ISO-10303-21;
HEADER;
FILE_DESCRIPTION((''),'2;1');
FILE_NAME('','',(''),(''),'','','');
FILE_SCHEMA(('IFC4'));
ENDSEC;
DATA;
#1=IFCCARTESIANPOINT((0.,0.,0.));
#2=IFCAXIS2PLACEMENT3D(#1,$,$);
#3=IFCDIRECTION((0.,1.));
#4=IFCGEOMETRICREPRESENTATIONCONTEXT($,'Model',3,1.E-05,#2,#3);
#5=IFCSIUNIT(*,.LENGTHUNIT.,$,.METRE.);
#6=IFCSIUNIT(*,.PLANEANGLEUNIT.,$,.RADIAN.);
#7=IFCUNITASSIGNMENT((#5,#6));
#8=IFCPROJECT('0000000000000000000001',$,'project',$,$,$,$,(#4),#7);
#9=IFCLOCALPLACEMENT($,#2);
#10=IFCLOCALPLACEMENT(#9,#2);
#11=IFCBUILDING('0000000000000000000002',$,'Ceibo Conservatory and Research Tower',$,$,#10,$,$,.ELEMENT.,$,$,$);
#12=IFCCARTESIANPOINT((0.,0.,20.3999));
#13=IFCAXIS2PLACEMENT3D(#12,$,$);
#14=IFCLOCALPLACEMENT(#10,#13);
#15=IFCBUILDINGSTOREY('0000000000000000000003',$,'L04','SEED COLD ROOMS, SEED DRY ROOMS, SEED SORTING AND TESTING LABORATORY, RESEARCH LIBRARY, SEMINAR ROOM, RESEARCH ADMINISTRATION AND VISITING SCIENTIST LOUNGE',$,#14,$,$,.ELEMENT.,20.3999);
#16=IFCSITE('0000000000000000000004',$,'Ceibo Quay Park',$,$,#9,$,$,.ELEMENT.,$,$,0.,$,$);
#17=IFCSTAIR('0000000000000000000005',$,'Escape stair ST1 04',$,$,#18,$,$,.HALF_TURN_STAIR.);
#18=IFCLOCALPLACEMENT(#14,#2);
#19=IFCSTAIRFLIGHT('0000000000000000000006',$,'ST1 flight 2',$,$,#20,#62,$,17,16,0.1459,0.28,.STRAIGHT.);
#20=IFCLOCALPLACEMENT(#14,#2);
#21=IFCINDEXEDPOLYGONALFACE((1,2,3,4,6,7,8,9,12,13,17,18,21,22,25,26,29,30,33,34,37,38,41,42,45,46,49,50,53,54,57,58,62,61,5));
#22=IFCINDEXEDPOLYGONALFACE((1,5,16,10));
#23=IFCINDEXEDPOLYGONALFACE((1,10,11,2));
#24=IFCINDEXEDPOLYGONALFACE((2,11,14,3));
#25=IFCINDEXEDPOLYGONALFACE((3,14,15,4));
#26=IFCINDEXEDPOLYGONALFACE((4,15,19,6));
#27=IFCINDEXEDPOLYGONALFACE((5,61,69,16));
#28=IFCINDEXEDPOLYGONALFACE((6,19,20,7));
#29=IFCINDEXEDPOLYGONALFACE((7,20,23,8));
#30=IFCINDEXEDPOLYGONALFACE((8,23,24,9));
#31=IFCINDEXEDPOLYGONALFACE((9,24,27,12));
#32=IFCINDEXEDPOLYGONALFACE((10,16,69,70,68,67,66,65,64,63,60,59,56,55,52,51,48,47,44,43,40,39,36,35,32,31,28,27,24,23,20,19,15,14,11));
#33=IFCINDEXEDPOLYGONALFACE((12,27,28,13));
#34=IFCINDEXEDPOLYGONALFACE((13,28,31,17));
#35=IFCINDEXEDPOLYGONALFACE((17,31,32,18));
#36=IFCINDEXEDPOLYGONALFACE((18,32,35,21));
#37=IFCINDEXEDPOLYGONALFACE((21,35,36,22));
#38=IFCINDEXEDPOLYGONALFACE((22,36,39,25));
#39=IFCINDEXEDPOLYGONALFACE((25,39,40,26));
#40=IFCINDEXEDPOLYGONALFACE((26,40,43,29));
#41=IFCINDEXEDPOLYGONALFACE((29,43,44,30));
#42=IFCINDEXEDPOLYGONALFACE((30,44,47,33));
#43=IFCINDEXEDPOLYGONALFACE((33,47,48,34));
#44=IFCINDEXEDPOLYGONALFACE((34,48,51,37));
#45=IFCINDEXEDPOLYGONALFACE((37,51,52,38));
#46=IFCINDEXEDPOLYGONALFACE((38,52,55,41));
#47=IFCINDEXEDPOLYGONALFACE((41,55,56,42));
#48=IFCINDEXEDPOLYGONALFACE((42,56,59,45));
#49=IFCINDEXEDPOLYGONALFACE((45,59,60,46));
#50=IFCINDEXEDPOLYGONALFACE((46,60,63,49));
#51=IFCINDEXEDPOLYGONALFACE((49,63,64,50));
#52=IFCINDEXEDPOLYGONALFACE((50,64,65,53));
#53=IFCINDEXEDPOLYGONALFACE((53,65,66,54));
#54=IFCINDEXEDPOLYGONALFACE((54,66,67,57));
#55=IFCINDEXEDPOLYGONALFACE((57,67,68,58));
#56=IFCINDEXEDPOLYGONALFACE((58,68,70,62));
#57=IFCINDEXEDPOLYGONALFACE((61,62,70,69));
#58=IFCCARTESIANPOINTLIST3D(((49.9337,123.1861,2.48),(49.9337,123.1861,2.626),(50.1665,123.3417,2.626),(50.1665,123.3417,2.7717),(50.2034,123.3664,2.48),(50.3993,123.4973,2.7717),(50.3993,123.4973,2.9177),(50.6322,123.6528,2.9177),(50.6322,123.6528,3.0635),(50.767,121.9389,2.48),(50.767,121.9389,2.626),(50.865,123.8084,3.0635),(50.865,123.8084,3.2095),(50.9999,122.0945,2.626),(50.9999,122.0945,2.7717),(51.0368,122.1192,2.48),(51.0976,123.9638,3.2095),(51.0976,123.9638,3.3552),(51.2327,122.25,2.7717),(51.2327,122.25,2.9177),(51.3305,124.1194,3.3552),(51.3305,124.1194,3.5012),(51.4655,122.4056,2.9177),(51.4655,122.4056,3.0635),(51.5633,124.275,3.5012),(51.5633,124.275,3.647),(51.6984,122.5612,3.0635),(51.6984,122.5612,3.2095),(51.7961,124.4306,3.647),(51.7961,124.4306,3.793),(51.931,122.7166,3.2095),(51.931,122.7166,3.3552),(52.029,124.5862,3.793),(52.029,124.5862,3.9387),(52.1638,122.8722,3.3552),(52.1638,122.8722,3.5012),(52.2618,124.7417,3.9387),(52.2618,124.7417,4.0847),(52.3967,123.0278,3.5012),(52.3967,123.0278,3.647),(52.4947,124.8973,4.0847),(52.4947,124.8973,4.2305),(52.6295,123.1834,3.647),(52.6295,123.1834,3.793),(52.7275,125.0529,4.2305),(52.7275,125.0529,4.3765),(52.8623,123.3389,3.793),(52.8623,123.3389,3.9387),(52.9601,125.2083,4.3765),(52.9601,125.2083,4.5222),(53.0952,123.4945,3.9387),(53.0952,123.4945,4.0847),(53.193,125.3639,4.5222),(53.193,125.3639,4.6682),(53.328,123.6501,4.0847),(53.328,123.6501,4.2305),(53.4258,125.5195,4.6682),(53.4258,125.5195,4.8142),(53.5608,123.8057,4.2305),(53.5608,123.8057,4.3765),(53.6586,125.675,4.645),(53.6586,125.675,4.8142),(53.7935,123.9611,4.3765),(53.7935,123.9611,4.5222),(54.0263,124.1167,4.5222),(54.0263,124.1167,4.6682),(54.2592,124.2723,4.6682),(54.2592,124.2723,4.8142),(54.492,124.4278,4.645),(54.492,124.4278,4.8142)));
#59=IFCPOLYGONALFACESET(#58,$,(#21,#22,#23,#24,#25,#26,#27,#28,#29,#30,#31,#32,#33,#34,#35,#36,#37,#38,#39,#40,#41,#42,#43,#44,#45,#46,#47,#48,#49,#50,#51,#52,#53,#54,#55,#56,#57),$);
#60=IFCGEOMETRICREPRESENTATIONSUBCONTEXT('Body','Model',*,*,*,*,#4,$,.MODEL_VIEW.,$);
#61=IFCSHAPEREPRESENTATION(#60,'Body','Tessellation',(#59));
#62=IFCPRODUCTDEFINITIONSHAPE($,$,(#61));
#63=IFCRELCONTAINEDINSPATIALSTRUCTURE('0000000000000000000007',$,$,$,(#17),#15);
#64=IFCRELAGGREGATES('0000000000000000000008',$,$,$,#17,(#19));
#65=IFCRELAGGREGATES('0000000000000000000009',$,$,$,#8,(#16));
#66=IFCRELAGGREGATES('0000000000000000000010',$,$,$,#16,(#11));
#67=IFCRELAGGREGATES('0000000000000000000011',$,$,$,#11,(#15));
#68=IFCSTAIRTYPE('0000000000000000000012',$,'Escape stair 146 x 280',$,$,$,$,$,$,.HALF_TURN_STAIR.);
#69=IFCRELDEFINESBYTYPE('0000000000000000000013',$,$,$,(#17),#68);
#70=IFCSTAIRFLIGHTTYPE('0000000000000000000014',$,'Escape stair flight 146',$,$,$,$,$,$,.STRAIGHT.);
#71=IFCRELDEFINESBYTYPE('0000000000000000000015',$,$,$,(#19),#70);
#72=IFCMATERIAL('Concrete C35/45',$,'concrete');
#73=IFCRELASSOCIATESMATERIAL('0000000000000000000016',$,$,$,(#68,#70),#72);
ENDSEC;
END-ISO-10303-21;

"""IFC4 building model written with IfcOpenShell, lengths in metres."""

from ifc_helpers import new_model, si_unit, direction, frame, origin, place, context, subcontext, project, spatial, polyline, outline, extrude, material, type_object, element, aggregate, save


model = new_model("IFC4")

# Units and contexts
model_context = context("Model", 3, precision=1e-05, world=origin(), true_north=direction((0.0, 1.0)))
body_context = subcontext(model_context, "Body", "Model", "MODEL_VIEW")
ifc_project = project(units=[si_unit("LENGTHUNIT", "METRE"), si_unit("PLANEANGLEUNIT", "RADIAN")], contexts=[model_context])

# Site, building, storey
site_placement = place(None, origin())
site = spatial("IfcSite", under=ifc_project, at=site_placement, Name="Ceibo Quay Park", CompositionType="ELEMENT", RefElevation=0.0)
building_placement = place(site_placement, origin())
building = spatial("IfcBuilding", under=site, at=building_placement, Name="Ceibo Conservatory and Research Tower", CompositionType="ELEMENT")
storey_placement = place(building_placement, frame((0.0, 0.0, 20.3999)))
storey = spatial("IfcBuildingStorey", under=building, at=storey_placement, Name="L04", Description="SEED COLD ROOMS, SEED DRY ROOMS, SEED SORTING AND TESTING LABORATORY, RESEARCH LIBRARY, SEMINAR ROOM, RESEARCH ADMINISTRATION AND VISITING SCIENTIST LOUNGE", CompositionType="ELEMENT", Elevation=20.3999)

# Shared definitions
ifc_material_1 = material(Name="Concrete C35/45", Category="concrete")

# Stair
stair_type = type_object("IfcStairType", Name="Escape stair 146 x 280", PredefinedType="HALF_TURN_STAIR", material=ifc_material_1)
stair_placement = place(storey_placement, origin())
stair = element("IfcStair", 1, at=stair_placement, inside=storey, type_object=stair_type, Name="Escape stair ST1 04", PredefinedType="HALF_TURN_STAIR")

# Stair flight
stair_flight_type = type_object("IfcStairFlightType", Name="Escape stair flight 146", PredefinedType="STRAIGHT", material=ifc_material_1)
stair_flight_1_placement = place(storey_placement, frame((50.3503, 122.5625, 2.48), z_axis=(0.0, 0.0, 1.0), x_axis=(0.83147, 0.55557, 0.0)))
stair_flight_1 = element("IfcStairFlight", 2, at=stair_flight_1_placement, type_object=stair_flight_type, Name="ST1 flight 2", NumberOfRisers=17, NumberOfTreads=16, PredefinedType="STRAIGHT", RiserHeight=0.1459, TreadLength=0.28, context=body_context, shape_type="SweptSolid", body=[
    extrude(outline(polyline([(0.0, 0.0), (0.0, 0.146), (0.28, 0.146), (0.28, 0.2917), (0.5601, 0.2917), (0.5601, 0.4377), (0.8401, 0.4377), (0.8401, 0.5835), (1.1201, 0.5835), (1.1201, 0.7295), (1.3999, 0.7295), (1.3999, 0.8752), (1.6799, 0.8752), (1.6799, 1.0212), (1.96, 1.0212), (1.96, 1.167), (2.24, 1.167), (2.24, 1.313), (2.52, 1.313), (2.52, 1.4587), (2.8, 1.4587), (2.8, 1.6047), (3.0801, 1.6047), (3.0801, 1.7505), (3.3601, 1.7505), (3.3601, 1.8965), (3.6399, 1.8965), (3.6399, 2.0422), (3.9199, 2.0422), (3.9199, 2.1882), (4.2, 2.1882), (4.2, 2.3342), (4.48, 2.3342), (4.48, 2.48), (4.48, 2.165), (0.3245, 0.0), (0.0, 0.0)])), frame((0.0, 0.75, 0.0), z_axis=(0.0, -1.0, 0.0), x_axis=(1.0, 0.0, 0.0)), (0.0, 0.0, 1.0), 1.5),
])
aggregate(stair, [stair_flight_1])

save(model, "model.ifc")
